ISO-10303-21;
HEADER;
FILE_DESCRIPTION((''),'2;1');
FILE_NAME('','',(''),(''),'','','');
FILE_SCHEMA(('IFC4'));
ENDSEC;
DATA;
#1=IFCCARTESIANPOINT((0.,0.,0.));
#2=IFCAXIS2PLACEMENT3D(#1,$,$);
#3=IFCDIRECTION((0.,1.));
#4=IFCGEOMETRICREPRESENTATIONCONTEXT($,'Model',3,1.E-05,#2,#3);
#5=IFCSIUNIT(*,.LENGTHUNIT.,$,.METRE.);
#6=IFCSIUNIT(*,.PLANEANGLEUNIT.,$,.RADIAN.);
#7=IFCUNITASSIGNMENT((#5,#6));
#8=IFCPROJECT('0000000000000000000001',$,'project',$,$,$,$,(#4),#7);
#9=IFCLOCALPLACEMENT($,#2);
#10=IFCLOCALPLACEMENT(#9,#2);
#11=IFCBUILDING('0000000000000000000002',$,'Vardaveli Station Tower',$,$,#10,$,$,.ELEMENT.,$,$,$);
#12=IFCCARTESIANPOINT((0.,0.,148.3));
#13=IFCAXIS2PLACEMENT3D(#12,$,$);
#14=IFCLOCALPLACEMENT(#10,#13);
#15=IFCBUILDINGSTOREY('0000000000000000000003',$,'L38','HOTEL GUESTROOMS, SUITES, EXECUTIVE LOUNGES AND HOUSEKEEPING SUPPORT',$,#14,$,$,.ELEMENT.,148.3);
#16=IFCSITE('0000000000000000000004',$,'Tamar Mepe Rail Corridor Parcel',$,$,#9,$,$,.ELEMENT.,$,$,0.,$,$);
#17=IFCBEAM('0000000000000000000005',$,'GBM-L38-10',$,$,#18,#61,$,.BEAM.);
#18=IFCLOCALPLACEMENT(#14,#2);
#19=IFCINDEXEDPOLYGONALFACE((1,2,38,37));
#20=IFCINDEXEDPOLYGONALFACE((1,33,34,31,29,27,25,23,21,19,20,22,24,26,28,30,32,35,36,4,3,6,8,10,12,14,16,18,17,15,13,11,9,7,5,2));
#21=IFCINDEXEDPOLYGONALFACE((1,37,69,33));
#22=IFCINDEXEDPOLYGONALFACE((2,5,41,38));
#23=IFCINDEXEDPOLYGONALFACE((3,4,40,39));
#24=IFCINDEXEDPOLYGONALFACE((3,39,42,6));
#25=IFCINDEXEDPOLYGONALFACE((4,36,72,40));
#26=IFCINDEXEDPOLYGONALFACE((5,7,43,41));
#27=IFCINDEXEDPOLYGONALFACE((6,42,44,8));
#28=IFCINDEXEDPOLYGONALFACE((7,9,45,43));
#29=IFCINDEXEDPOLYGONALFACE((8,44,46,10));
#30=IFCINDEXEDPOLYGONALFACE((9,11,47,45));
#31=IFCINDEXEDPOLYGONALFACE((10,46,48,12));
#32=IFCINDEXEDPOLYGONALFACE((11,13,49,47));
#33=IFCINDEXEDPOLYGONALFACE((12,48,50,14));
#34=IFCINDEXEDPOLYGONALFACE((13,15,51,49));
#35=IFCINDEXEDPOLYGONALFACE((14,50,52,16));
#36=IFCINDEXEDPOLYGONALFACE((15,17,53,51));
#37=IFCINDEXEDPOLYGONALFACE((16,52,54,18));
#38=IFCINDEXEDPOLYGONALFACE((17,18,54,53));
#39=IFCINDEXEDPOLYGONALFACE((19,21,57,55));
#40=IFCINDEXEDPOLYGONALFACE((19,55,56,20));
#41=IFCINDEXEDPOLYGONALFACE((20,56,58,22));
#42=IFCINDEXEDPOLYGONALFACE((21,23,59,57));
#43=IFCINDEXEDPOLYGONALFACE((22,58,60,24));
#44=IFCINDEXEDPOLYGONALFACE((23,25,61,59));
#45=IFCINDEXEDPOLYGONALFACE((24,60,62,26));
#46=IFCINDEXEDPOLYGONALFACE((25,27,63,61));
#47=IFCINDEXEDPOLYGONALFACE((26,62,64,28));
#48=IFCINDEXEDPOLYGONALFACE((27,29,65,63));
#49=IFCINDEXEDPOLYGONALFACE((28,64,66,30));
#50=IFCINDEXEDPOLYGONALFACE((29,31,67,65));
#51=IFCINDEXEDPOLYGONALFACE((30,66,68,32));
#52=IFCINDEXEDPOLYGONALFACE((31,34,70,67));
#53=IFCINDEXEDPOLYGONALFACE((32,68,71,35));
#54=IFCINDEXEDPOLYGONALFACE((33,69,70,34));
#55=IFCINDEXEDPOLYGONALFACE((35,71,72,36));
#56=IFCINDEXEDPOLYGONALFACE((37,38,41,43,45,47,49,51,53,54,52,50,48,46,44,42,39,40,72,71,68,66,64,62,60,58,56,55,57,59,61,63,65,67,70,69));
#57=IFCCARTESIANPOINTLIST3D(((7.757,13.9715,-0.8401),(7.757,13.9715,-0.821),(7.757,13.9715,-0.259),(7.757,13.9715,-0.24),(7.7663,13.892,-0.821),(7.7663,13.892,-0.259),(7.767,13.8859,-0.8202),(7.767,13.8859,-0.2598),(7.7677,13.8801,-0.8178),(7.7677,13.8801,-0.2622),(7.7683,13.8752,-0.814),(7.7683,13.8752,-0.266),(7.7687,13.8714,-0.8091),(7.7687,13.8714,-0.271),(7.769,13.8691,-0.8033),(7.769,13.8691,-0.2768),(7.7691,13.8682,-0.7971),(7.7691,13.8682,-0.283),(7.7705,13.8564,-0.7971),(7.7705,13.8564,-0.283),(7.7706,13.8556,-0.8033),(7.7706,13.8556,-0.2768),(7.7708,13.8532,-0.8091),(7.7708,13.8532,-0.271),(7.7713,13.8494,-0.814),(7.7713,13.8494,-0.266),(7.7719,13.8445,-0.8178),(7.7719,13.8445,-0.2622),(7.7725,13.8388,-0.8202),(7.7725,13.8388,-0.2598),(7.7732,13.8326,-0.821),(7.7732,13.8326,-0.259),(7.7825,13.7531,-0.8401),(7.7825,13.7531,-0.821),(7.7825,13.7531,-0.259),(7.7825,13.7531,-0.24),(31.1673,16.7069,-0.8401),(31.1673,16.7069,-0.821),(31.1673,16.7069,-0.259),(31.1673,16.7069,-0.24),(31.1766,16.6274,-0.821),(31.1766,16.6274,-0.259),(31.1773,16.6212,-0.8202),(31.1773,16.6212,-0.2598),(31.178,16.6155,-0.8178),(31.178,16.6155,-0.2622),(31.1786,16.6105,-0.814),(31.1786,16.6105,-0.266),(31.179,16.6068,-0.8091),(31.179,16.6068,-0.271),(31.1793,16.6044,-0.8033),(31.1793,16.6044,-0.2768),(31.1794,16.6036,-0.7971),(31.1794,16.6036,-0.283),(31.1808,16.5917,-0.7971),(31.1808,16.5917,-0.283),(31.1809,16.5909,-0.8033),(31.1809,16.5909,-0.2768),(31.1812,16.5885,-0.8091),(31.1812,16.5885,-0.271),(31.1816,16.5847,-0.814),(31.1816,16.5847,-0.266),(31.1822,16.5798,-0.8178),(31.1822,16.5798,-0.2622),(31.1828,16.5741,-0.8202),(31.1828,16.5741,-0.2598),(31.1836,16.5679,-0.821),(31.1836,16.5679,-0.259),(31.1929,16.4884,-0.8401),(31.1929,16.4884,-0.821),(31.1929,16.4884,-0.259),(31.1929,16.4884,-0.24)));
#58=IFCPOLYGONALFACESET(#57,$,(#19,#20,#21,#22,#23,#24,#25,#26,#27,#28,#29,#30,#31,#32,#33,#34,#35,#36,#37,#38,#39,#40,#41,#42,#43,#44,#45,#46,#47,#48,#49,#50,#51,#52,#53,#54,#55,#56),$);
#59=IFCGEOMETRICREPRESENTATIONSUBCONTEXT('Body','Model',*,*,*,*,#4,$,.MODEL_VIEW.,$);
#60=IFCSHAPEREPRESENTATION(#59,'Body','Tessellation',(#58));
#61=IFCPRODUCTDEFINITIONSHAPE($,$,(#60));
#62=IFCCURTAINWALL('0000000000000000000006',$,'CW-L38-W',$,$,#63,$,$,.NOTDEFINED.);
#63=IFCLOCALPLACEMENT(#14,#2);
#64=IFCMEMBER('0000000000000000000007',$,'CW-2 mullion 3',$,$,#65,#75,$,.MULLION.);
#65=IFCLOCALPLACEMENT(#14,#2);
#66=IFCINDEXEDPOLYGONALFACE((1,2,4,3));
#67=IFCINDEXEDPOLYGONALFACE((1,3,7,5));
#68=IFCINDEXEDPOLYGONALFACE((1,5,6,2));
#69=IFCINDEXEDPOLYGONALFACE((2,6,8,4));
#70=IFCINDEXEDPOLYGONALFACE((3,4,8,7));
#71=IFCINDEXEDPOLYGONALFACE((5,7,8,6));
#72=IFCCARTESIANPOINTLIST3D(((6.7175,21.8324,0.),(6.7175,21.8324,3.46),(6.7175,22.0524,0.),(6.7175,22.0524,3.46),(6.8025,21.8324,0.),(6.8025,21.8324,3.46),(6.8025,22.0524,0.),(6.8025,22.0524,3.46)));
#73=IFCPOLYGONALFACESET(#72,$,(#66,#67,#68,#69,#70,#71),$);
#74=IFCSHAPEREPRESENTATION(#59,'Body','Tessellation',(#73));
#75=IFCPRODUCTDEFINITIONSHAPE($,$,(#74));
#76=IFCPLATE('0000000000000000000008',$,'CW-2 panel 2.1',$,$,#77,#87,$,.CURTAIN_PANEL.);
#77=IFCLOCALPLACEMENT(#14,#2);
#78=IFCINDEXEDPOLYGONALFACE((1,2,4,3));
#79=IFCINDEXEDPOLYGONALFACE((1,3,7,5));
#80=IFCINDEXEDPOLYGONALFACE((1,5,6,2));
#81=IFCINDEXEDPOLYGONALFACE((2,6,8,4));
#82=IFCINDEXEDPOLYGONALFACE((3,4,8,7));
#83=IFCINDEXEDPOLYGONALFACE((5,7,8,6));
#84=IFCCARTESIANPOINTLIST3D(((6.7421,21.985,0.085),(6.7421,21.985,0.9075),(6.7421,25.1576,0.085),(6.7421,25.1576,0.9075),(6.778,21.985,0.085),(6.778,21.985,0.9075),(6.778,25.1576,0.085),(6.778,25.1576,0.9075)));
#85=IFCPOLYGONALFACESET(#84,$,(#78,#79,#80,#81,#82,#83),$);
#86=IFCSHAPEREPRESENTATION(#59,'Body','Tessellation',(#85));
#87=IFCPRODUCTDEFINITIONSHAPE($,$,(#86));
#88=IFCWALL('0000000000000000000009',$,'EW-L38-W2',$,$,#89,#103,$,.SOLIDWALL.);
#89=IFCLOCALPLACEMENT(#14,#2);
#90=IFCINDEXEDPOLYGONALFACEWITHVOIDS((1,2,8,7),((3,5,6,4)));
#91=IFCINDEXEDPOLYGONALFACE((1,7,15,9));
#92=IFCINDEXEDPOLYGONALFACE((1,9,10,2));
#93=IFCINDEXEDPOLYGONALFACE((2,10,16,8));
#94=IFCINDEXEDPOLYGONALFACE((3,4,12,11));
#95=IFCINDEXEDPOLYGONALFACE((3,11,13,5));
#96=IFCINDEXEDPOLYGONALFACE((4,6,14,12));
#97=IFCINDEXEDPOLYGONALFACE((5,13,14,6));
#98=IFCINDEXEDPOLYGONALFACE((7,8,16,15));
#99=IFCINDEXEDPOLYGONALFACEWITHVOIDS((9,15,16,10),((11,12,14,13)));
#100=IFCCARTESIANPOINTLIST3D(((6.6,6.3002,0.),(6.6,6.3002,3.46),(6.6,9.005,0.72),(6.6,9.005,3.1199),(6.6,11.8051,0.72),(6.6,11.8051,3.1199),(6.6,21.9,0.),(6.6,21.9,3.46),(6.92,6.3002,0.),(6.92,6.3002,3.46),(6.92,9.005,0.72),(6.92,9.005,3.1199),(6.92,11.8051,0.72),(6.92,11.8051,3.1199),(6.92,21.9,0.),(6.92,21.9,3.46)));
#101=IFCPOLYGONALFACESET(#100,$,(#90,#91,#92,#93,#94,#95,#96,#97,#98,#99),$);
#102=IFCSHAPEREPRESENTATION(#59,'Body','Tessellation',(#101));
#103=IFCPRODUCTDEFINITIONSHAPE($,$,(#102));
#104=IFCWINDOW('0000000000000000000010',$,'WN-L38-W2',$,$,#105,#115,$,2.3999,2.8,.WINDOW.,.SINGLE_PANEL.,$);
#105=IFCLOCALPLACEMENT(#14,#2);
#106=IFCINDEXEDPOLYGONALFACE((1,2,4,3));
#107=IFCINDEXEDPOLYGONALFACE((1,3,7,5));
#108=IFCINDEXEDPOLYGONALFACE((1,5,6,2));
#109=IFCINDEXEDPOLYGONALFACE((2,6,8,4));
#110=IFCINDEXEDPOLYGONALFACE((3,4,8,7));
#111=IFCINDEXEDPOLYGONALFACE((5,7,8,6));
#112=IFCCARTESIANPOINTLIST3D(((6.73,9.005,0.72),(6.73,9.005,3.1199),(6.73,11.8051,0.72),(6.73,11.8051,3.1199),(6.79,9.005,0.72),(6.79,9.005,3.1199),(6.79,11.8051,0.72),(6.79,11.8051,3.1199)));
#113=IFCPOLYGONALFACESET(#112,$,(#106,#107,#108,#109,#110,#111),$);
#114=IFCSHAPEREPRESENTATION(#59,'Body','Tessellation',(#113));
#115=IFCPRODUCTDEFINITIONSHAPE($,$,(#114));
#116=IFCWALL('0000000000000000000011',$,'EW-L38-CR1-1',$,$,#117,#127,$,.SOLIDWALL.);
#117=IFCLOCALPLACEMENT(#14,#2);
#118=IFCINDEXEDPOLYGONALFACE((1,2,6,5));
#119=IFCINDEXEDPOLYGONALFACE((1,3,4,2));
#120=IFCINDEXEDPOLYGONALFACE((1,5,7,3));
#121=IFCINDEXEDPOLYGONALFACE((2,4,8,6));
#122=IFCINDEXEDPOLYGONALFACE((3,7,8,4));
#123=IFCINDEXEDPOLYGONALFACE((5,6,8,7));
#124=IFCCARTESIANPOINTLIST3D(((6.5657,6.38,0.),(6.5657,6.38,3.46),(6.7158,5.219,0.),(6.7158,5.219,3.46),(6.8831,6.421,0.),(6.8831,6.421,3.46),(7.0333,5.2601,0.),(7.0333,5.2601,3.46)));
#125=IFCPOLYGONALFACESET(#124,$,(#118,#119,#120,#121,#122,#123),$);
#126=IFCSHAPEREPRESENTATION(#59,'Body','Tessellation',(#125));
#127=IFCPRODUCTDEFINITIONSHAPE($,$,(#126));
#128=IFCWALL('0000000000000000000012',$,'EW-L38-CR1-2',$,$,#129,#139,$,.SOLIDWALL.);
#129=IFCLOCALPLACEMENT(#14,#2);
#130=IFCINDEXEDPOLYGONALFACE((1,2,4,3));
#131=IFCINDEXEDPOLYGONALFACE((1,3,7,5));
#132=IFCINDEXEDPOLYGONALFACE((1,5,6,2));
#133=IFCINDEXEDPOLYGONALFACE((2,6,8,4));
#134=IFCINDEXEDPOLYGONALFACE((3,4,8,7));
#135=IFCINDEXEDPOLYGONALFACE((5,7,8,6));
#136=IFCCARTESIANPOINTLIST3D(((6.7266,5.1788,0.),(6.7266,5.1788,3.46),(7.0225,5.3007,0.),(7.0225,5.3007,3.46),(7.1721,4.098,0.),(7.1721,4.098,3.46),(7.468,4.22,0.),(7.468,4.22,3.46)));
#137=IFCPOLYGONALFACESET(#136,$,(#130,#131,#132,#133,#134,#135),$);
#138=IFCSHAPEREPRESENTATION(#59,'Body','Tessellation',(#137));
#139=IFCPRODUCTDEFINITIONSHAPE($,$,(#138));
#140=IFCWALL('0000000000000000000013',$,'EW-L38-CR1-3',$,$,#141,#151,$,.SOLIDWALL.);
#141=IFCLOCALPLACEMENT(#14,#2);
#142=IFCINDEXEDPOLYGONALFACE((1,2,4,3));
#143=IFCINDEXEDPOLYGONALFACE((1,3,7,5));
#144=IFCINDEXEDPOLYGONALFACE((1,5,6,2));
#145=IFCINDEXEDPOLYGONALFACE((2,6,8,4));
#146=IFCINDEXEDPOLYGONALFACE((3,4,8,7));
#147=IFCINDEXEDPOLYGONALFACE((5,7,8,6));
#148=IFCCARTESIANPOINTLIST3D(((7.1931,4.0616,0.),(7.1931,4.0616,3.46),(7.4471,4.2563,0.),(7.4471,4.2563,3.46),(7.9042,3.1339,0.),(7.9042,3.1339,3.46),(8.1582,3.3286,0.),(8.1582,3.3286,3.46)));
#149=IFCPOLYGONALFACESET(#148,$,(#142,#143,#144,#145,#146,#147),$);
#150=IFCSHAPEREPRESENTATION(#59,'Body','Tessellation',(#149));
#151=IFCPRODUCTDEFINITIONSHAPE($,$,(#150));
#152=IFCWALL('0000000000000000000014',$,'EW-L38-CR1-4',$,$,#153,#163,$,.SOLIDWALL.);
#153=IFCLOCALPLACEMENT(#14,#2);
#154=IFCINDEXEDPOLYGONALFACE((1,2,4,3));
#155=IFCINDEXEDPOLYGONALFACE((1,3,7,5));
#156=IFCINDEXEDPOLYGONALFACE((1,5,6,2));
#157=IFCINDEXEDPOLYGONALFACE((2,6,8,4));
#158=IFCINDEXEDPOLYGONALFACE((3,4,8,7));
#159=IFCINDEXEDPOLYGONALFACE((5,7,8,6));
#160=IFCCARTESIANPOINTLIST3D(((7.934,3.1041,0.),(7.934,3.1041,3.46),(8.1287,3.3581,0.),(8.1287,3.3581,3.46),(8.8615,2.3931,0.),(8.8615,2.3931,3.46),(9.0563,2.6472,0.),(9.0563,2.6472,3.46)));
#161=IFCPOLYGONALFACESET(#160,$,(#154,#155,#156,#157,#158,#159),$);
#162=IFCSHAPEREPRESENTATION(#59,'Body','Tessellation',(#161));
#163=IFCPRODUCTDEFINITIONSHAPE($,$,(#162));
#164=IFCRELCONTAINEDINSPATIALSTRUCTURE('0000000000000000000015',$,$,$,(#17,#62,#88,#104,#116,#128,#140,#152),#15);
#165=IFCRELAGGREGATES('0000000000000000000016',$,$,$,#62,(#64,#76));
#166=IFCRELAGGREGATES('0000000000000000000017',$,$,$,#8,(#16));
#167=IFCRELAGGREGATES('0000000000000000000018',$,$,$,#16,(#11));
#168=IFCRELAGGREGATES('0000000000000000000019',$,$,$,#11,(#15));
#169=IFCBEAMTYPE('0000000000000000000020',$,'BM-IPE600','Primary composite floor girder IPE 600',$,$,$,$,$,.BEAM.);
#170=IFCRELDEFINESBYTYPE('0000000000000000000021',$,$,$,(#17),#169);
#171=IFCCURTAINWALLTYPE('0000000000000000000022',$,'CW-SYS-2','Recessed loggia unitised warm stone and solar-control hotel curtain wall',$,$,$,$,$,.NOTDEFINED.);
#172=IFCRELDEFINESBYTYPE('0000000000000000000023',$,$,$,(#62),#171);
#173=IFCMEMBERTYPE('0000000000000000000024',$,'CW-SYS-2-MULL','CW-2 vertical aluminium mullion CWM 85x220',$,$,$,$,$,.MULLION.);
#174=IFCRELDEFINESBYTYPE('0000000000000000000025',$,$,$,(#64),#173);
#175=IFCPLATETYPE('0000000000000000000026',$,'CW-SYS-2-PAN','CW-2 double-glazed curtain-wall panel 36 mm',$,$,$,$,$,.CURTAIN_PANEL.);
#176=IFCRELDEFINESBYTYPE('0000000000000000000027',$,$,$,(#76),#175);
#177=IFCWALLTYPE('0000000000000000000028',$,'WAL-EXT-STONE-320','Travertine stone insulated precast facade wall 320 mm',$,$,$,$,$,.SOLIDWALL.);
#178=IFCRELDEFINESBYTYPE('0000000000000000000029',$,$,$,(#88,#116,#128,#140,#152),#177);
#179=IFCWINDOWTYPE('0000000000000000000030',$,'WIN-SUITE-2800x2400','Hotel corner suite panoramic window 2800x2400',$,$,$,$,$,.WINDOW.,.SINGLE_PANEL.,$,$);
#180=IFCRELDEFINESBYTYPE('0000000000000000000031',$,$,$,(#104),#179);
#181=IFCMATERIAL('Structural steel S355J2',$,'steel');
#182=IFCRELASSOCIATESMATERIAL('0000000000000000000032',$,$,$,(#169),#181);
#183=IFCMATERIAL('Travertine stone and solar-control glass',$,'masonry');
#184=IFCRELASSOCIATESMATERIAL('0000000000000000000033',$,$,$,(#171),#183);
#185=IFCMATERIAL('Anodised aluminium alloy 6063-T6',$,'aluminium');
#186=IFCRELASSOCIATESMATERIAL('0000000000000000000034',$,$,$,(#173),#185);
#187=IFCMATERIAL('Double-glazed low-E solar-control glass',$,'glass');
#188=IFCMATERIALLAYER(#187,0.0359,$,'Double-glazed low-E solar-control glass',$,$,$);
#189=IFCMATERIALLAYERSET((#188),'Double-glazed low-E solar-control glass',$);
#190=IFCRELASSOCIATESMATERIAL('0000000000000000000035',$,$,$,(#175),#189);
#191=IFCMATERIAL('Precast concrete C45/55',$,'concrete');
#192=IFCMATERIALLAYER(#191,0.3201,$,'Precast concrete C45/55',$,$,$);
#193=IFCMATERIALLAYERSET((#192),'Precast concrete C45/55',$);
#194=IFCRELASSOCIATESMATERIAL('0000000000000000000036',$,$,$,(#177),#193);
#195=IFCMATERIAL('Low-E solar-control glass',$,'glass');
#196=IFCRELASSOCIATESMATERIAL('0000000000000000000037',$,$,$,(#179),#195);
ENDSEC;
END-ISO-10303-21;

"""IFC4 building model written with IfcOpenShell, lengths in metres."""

from ifc_helpers import new_model, si_unit, direction, frame, frame_2d, origin, origin_2d, place, context, subcontext, project, spatial, rectangle, i_section, extrude, source, transform, mapped, material, layer, layer_set, material_profile, profile_set, type_object, element, fill, aggregate, save


model = new_model("IFC4")

# Units and contexts
model_context = context("Model", 3, precision=1e-05, world=origin(), true_north=direction((0.0, 1.0)))
body_context = subcontext(model_context, "Body", "Model", "MODEL_VIEW")
ifc_project = project(units=[si_unit("LENGTHUNIT", "METRE"), si_unit("PLANEANGLEUNIT", "RADIAN")], contexts=[model_context])

# Site, building, storey
site_placement = place(None, origin())
site = spatial("IfcSite", under=ifc_project, at=site_placement, Name="Tamar Mepe Rail Corridor Parcel", CompositionType="ELEMENT", RefElevation=0.0)
building_placement = place(site_placement, origin())
building = spatial("IfcBuilding", under=site, at=building_placement, Name="Vardaveli Station Tower", CompositionType="ELEMENT")
storey_placement = place(building_placement, frame((0.0, 0.0, 148.3)))
storey = spatial("IfcBuildingStorey", under=building, at=storey_placement, Name="L38", Description="HOTEL GUESTROOMS, SUITES, EXECUTIVE LOUNGES AND HOUSEKEEPING SUPPORT", CompositionType="ELEMENT", Elevation=148.3)

# Beam
ifc_material_1 = material(Name="Precast concrete C45/55", Category="concrete")
ifc_material_2 = material(Name="Structural steel S355J2", Category="steel")
ifc_material_profile_1 = material_profile(ifc_material_2, i_section(OverallWidth=0.22, OverallDepth=0.6001, WebThickness=0.012, FlangeThickness=0.019, FilletRadius=0.0239, at=origin_2d()), Name="IPE 600")
ifc_profile_set_1 = profile_set([ifc_material_profile_1], Name="Structural steel S355J2")
beam_type_1 = type_object("IfcBeamType", Name="BM-IPE600", Description="Primary composite floor girder IPE 600", PredefinedType="BEAM", material=ifc_profile_set_1)
shared_shape_1 = source(origin(), body_context, "Body", "SweptSolid", [
    extrude(i_section(OverallWidth=0.22, OverallDepth=0.6001, WebThickness=0.012, FlangeThickness=0.019, FilletRadius=0.0239, at=origin_2d()), origin(), (0.0, 0.0, 1.0), 23.5696),
])
beam_1_placement = place(storey_placement, frame((7.7698, 13.8623, -0.54), z_axis=(0.993243, 0.116054, 0.0), x_axis=(-0.116054, 0.993243, 0.0)))
element("IfcBeam", 1, at=beam_1_placement, inside=storey, type_object=beam_type_1, Name="GBM-L38-10", PredefinedType="BEAM", context=body_context, shape_type="MappedRepresentation", body=[
    mapped(shared_shape_1, transform((0.0, 0.0, 0.0), scale=1.0)),
])

# Curtain wall, member, plate
ifc_material_3 = material(Name="Travertine stone and solar-control glass", Category="masonry")
curtain_wall_type = type_object("IfcCurtainWallType", Name="CW-SYS-2", Description="Recessed loggia unitised warm stone and solar-control hotel curtain wall", PredefinedType="NOTDEFINED", material=ifc_material_3)
curtain_wall_placement = place(storey_placement, origin())
curtain_wall = element("IfcCurtainWall", 2, at=curtain_wall_placement, inside=storey, type_object=curtain_wall_type, Name="CW-L38-W", PredefinedType="NOTDEFINED")
ifc_material_4 = material(Name="Anodised aluminium alloy 6063-T6", Category="aluminium")
ifc_material_profile_2 = material_profile(ifc_material_4, rectangle(XDim=0.085, YDim=0.22, at=origin_2d()), Name="CWM 85x220")
ifc_profile_set_2 = profile_set([ifc_material_profile_2], Name="Anodised aluminium alloy 6063-T6")
member_type = type_object("IfcMemberType", Name="CW-SYS-2-MULL", Description="CW-2 vertical aluminium mullion CWM 85x220", PredefinedType="MULLION", material=ifc_profile_set_2)
shared_shape_2 = source(origin(), body_context, "Body", "SweptSolid", [
    extrude(rectangle(XDim=0.085, YDim=0.22, at=origin_2d()), origin(), (0.0, 0.0, 1.0), 3.46),
])
member_placement = place(storey_placement, frame((6.76, 21.9424, 0.0), z_axis=(0.0, 0.0, 1.0), x_axis=(1.0, 0.0, 0.0)))
member = element("IfcMember", 3, at=member_placement, type_object=member_type, Name="CW-2 mullion 3", PredefinedType="MULLION", context=body_context, shape_type="MappedRepresentation", body=[
    mapped(shared_shape_2, transform((0.0, 0.0, 0.0), scale=1.0)),
])
ifc_material_5 = material(Name="Double-glazed low-E solar-control glass", Category="glass")
ifc_layer_1 = layer(ifc_material_5, 0.0359, Name="Double-glazed low-E solar-control glass")
ifc_layer_set_1 = layer_set([ifc_layer_1], Name="Double-glazed low-E solar-control glass")
plate_type = type_object("IfcPlateType", Name="CW-SYS-2-PAN", Description="CW-2 double-glazed curtain-wall panel 36 mm", PredefinedType="CURTAIN_PANEL", material=ifc_layer_set_1)
shared_shape_3 = source(origin(), body_context, "Body", "SweptSolid", [
    extrude(rectangle(XDim=3.1726, YDim=0.0359, at=origin_2d()), origin(), (0.0, 0.0, 1.0), 0.8225),
])
plate_placement = place(storey_placement, frame((6.76, 23.5713, 0.085), z_axis=(0.0, 0.0, 1.0), x_axis=(0.0, -1.0, 0.0)))
plate = element("IfcPlate", 4, at=plate_placement, type_object=plate_type, Name="CW-2 panel 2.1", PredefinedType="CURTAIN_PANEL", context=body_context, shape_type="MappedRepresentation", body=[
    mapped(shared_shape_3, transform((0.0, 0.0, 0.0), scale=1.0)),
])
aggregate(curtain_wall, [member, plate])

# Wall, opening, window
ifc_layer_2 = layer(ifc_material_1, 0.3201, Name="Precast concrete C45/55")
ifc_layer_set_2 = layer_set([ifc_layer_2], Name="Precast concrete C45/55")
wall_type_1 = type_object("IfcWallType", Name="WAL-EXT-STONE-320", Description="Travertine stone insulated precast facade wall 320 mm", PredefinedType="SOLIDWALL", material=ifc_layer_set_2)
shared_shape_4 = source(origin(), body_context, "Body", "SweptSolid", [
    extrude(rectangle(XDim=15.5999, YDim=0.3201, at=frame_2d((7.7998, 0.0))), origin(), (0.0, 0.0, 1.0), 3.46),
])
wall_1_placement = place(storey_placement, frame((6.76, 21.8999, 0.0), z_axis=(0.0, 0.0, 1.0), x_axis=(0.0, -1.0, 0.0)))
wall_1 = element("IfcWall", 5, at=wall_1_placement, inside=storey, type_object=wall_type_1, Name="EW-L38-W2", PredefinedType="SOLIDWALL", context=body_context, shape_type="MappedRepresentation", body=[
    mapped(shared_shape_4, transform((0.0, 0.0, 0.0), scale=1.0)),
])
shared_shape_5 = source(origin(), body_context, "Body", "SweptSolid", [
    extrude(rectangle(XDim=2.8, YDim=2.3999, at=frame_2d((1.3999, 1.2))), frame((0.0, 0.1699, 0.0), z_axis=(0.0, -1.0, 0.0), x_axis=(1.0, 0.0, 0.0)), (0.0, 0.0, 1.0), 0.3401),
])
opening_1_placement = place(wall_1_placement, frame((10.095, 0.0, 0.72)))
opening_1 = element("IfcOpeningElement", 6, at=opening_1_placement, cuts=wall_1, PredefinedType="OPENING", context=body_context, shape_type="MappedRepresentation", body=[
    mapped(shared_shape_5, transform((0.0, 0.0, 0.0), scale=1.0)),
])
ifc_material_6 = material(Name="Low-E solar-control glass", Category="glass")
window_type = type_object("IfcWindowType", Name="WIN-SUITE-2800x2400", Description="Hotel corner suite panoramic window 2800x2400", PartitioningType="SINGLE_PANEL", PredefinedType="WINDOW", material=ifc_material_6)
shared_shape_6 = source(origin(), body_context, "Body", "SweptSolid", [
    extrude(rectangle(XDim=2.8, YDim=2.3999, at=frame_2d((1.3999, 1.2))), frame((0.0, 0.03, 0.0), z_axis=(0.0, -1.0, 0.0), x_axis=(1.0, 0.0, 0.0)), (0.0, 0.0, 1.0), 0.0601),
])
window_placement = place(opening_1_placement, origin())
window = element("IfcWindow", 7, at=window_placement, inside=storey, type_object=window_type, Name="WN-L38-W2", OverallHeight=2.3999, OverallWidth=2.8, PartitioningType="SINGLE_PANEL", PredefinedType="WINDOW", context=body_context, shape_type="MappedRepresentation", body=[
    mapped(shared_shape_6, transform((0.0, 0.0, 0.0), scale=1.0)),
])
fill(opening_1, window)

# Walls
shared_shape_7 = source(origin(), body_context, "Body", "SweptSolid", [
    extrude(rectangle(XDim=1.1707, YDim=0.3201, at=frame_2d((0.5854, 0.0))), origin(), (0.0, 0.0, 1.0), 3.46),
])
wall_2_placement = place(storey_placement, frame((6.7244, 6.4006, 0.0), z_axis=(0.0, 0.0, 1.0), x_axis=(0.128269, -0.991739, 0.0)))
element("IfcWall", 8, at=wall_2_placement, inside=storey, type_object=wall_type_1, Name="EW-L38-CR1-1", PredefinedType="SOLIDWALL", context=body_context, shape_type="MappedRepresentation", body=[
    mapped(shared_shape_7, transform((0.0, 0.0, 0.0), scale=1.0)),
])
shared_shape_8 = source(origin(), body_context, "Body", "SweptSolid", [
    extrude(rectangle(XDim=1.1689, YDim=0.3201, at=frame_2d((0.5845, 0.0))), origin(), (0.0, 0.0, 1.0), 3.46),
])
for number, where, z_axis, x_axis, name in (
    (9, (6.8745, 5.2397, 0.0), (0.0, 0.0, 1.0), (0.381128, -0.924522, 0.0), "EW-L38-CR1-2"),
    (10, (7.3201, 4.1589, 0.0), (0.0, 0.0, 1.0), (0.608388, -0.79364, 0.0), "EW-L38-CR1-3"),
):
    element("IfcWall", number, at=place(storey_placement, frame(where, z_axis=z_axis, x_axis=x_axis)), inside=storey, type_object=wall_type_1, Name=name, PredefinedType="SOLIDWALL", context=body_context, shape_type="MappedRepresentation", body=[
        mapped(shared_shape_8, transform((0.0, 0.0, 0.0), scale=1.0)),
    ])
shared_shape_9 = source(origin(), body_context, "Body", "SweptSolid", [
    extrude(rectangle(XDim=1.1687, YDim=0.3201, at=frame_2d((0.5845, 0.0))), origin(), (0.0, 0.0, 1.0), 3.46),
])
wall_3_placement = place(storey_placement, frame((8.0312, 3.2312, 0.0), z_axis=(0.0, 0.0, 1.0), x_axis=(0.793664, -0.608357, 0.0)))
element("IfcWall", 11, at=wall_3_placement, inside=storey, type_object=wall_type_1, Name="EW-L38-CR1-4", PredefinedType="SOLIDWALL", context=body_context, shape_type="MappedRepresentation", body=[
    mapped(shared_shape_9, transform((0.0, 0.0, 0.0), scale=1.0)),
])

save(model, "model.ifc")
